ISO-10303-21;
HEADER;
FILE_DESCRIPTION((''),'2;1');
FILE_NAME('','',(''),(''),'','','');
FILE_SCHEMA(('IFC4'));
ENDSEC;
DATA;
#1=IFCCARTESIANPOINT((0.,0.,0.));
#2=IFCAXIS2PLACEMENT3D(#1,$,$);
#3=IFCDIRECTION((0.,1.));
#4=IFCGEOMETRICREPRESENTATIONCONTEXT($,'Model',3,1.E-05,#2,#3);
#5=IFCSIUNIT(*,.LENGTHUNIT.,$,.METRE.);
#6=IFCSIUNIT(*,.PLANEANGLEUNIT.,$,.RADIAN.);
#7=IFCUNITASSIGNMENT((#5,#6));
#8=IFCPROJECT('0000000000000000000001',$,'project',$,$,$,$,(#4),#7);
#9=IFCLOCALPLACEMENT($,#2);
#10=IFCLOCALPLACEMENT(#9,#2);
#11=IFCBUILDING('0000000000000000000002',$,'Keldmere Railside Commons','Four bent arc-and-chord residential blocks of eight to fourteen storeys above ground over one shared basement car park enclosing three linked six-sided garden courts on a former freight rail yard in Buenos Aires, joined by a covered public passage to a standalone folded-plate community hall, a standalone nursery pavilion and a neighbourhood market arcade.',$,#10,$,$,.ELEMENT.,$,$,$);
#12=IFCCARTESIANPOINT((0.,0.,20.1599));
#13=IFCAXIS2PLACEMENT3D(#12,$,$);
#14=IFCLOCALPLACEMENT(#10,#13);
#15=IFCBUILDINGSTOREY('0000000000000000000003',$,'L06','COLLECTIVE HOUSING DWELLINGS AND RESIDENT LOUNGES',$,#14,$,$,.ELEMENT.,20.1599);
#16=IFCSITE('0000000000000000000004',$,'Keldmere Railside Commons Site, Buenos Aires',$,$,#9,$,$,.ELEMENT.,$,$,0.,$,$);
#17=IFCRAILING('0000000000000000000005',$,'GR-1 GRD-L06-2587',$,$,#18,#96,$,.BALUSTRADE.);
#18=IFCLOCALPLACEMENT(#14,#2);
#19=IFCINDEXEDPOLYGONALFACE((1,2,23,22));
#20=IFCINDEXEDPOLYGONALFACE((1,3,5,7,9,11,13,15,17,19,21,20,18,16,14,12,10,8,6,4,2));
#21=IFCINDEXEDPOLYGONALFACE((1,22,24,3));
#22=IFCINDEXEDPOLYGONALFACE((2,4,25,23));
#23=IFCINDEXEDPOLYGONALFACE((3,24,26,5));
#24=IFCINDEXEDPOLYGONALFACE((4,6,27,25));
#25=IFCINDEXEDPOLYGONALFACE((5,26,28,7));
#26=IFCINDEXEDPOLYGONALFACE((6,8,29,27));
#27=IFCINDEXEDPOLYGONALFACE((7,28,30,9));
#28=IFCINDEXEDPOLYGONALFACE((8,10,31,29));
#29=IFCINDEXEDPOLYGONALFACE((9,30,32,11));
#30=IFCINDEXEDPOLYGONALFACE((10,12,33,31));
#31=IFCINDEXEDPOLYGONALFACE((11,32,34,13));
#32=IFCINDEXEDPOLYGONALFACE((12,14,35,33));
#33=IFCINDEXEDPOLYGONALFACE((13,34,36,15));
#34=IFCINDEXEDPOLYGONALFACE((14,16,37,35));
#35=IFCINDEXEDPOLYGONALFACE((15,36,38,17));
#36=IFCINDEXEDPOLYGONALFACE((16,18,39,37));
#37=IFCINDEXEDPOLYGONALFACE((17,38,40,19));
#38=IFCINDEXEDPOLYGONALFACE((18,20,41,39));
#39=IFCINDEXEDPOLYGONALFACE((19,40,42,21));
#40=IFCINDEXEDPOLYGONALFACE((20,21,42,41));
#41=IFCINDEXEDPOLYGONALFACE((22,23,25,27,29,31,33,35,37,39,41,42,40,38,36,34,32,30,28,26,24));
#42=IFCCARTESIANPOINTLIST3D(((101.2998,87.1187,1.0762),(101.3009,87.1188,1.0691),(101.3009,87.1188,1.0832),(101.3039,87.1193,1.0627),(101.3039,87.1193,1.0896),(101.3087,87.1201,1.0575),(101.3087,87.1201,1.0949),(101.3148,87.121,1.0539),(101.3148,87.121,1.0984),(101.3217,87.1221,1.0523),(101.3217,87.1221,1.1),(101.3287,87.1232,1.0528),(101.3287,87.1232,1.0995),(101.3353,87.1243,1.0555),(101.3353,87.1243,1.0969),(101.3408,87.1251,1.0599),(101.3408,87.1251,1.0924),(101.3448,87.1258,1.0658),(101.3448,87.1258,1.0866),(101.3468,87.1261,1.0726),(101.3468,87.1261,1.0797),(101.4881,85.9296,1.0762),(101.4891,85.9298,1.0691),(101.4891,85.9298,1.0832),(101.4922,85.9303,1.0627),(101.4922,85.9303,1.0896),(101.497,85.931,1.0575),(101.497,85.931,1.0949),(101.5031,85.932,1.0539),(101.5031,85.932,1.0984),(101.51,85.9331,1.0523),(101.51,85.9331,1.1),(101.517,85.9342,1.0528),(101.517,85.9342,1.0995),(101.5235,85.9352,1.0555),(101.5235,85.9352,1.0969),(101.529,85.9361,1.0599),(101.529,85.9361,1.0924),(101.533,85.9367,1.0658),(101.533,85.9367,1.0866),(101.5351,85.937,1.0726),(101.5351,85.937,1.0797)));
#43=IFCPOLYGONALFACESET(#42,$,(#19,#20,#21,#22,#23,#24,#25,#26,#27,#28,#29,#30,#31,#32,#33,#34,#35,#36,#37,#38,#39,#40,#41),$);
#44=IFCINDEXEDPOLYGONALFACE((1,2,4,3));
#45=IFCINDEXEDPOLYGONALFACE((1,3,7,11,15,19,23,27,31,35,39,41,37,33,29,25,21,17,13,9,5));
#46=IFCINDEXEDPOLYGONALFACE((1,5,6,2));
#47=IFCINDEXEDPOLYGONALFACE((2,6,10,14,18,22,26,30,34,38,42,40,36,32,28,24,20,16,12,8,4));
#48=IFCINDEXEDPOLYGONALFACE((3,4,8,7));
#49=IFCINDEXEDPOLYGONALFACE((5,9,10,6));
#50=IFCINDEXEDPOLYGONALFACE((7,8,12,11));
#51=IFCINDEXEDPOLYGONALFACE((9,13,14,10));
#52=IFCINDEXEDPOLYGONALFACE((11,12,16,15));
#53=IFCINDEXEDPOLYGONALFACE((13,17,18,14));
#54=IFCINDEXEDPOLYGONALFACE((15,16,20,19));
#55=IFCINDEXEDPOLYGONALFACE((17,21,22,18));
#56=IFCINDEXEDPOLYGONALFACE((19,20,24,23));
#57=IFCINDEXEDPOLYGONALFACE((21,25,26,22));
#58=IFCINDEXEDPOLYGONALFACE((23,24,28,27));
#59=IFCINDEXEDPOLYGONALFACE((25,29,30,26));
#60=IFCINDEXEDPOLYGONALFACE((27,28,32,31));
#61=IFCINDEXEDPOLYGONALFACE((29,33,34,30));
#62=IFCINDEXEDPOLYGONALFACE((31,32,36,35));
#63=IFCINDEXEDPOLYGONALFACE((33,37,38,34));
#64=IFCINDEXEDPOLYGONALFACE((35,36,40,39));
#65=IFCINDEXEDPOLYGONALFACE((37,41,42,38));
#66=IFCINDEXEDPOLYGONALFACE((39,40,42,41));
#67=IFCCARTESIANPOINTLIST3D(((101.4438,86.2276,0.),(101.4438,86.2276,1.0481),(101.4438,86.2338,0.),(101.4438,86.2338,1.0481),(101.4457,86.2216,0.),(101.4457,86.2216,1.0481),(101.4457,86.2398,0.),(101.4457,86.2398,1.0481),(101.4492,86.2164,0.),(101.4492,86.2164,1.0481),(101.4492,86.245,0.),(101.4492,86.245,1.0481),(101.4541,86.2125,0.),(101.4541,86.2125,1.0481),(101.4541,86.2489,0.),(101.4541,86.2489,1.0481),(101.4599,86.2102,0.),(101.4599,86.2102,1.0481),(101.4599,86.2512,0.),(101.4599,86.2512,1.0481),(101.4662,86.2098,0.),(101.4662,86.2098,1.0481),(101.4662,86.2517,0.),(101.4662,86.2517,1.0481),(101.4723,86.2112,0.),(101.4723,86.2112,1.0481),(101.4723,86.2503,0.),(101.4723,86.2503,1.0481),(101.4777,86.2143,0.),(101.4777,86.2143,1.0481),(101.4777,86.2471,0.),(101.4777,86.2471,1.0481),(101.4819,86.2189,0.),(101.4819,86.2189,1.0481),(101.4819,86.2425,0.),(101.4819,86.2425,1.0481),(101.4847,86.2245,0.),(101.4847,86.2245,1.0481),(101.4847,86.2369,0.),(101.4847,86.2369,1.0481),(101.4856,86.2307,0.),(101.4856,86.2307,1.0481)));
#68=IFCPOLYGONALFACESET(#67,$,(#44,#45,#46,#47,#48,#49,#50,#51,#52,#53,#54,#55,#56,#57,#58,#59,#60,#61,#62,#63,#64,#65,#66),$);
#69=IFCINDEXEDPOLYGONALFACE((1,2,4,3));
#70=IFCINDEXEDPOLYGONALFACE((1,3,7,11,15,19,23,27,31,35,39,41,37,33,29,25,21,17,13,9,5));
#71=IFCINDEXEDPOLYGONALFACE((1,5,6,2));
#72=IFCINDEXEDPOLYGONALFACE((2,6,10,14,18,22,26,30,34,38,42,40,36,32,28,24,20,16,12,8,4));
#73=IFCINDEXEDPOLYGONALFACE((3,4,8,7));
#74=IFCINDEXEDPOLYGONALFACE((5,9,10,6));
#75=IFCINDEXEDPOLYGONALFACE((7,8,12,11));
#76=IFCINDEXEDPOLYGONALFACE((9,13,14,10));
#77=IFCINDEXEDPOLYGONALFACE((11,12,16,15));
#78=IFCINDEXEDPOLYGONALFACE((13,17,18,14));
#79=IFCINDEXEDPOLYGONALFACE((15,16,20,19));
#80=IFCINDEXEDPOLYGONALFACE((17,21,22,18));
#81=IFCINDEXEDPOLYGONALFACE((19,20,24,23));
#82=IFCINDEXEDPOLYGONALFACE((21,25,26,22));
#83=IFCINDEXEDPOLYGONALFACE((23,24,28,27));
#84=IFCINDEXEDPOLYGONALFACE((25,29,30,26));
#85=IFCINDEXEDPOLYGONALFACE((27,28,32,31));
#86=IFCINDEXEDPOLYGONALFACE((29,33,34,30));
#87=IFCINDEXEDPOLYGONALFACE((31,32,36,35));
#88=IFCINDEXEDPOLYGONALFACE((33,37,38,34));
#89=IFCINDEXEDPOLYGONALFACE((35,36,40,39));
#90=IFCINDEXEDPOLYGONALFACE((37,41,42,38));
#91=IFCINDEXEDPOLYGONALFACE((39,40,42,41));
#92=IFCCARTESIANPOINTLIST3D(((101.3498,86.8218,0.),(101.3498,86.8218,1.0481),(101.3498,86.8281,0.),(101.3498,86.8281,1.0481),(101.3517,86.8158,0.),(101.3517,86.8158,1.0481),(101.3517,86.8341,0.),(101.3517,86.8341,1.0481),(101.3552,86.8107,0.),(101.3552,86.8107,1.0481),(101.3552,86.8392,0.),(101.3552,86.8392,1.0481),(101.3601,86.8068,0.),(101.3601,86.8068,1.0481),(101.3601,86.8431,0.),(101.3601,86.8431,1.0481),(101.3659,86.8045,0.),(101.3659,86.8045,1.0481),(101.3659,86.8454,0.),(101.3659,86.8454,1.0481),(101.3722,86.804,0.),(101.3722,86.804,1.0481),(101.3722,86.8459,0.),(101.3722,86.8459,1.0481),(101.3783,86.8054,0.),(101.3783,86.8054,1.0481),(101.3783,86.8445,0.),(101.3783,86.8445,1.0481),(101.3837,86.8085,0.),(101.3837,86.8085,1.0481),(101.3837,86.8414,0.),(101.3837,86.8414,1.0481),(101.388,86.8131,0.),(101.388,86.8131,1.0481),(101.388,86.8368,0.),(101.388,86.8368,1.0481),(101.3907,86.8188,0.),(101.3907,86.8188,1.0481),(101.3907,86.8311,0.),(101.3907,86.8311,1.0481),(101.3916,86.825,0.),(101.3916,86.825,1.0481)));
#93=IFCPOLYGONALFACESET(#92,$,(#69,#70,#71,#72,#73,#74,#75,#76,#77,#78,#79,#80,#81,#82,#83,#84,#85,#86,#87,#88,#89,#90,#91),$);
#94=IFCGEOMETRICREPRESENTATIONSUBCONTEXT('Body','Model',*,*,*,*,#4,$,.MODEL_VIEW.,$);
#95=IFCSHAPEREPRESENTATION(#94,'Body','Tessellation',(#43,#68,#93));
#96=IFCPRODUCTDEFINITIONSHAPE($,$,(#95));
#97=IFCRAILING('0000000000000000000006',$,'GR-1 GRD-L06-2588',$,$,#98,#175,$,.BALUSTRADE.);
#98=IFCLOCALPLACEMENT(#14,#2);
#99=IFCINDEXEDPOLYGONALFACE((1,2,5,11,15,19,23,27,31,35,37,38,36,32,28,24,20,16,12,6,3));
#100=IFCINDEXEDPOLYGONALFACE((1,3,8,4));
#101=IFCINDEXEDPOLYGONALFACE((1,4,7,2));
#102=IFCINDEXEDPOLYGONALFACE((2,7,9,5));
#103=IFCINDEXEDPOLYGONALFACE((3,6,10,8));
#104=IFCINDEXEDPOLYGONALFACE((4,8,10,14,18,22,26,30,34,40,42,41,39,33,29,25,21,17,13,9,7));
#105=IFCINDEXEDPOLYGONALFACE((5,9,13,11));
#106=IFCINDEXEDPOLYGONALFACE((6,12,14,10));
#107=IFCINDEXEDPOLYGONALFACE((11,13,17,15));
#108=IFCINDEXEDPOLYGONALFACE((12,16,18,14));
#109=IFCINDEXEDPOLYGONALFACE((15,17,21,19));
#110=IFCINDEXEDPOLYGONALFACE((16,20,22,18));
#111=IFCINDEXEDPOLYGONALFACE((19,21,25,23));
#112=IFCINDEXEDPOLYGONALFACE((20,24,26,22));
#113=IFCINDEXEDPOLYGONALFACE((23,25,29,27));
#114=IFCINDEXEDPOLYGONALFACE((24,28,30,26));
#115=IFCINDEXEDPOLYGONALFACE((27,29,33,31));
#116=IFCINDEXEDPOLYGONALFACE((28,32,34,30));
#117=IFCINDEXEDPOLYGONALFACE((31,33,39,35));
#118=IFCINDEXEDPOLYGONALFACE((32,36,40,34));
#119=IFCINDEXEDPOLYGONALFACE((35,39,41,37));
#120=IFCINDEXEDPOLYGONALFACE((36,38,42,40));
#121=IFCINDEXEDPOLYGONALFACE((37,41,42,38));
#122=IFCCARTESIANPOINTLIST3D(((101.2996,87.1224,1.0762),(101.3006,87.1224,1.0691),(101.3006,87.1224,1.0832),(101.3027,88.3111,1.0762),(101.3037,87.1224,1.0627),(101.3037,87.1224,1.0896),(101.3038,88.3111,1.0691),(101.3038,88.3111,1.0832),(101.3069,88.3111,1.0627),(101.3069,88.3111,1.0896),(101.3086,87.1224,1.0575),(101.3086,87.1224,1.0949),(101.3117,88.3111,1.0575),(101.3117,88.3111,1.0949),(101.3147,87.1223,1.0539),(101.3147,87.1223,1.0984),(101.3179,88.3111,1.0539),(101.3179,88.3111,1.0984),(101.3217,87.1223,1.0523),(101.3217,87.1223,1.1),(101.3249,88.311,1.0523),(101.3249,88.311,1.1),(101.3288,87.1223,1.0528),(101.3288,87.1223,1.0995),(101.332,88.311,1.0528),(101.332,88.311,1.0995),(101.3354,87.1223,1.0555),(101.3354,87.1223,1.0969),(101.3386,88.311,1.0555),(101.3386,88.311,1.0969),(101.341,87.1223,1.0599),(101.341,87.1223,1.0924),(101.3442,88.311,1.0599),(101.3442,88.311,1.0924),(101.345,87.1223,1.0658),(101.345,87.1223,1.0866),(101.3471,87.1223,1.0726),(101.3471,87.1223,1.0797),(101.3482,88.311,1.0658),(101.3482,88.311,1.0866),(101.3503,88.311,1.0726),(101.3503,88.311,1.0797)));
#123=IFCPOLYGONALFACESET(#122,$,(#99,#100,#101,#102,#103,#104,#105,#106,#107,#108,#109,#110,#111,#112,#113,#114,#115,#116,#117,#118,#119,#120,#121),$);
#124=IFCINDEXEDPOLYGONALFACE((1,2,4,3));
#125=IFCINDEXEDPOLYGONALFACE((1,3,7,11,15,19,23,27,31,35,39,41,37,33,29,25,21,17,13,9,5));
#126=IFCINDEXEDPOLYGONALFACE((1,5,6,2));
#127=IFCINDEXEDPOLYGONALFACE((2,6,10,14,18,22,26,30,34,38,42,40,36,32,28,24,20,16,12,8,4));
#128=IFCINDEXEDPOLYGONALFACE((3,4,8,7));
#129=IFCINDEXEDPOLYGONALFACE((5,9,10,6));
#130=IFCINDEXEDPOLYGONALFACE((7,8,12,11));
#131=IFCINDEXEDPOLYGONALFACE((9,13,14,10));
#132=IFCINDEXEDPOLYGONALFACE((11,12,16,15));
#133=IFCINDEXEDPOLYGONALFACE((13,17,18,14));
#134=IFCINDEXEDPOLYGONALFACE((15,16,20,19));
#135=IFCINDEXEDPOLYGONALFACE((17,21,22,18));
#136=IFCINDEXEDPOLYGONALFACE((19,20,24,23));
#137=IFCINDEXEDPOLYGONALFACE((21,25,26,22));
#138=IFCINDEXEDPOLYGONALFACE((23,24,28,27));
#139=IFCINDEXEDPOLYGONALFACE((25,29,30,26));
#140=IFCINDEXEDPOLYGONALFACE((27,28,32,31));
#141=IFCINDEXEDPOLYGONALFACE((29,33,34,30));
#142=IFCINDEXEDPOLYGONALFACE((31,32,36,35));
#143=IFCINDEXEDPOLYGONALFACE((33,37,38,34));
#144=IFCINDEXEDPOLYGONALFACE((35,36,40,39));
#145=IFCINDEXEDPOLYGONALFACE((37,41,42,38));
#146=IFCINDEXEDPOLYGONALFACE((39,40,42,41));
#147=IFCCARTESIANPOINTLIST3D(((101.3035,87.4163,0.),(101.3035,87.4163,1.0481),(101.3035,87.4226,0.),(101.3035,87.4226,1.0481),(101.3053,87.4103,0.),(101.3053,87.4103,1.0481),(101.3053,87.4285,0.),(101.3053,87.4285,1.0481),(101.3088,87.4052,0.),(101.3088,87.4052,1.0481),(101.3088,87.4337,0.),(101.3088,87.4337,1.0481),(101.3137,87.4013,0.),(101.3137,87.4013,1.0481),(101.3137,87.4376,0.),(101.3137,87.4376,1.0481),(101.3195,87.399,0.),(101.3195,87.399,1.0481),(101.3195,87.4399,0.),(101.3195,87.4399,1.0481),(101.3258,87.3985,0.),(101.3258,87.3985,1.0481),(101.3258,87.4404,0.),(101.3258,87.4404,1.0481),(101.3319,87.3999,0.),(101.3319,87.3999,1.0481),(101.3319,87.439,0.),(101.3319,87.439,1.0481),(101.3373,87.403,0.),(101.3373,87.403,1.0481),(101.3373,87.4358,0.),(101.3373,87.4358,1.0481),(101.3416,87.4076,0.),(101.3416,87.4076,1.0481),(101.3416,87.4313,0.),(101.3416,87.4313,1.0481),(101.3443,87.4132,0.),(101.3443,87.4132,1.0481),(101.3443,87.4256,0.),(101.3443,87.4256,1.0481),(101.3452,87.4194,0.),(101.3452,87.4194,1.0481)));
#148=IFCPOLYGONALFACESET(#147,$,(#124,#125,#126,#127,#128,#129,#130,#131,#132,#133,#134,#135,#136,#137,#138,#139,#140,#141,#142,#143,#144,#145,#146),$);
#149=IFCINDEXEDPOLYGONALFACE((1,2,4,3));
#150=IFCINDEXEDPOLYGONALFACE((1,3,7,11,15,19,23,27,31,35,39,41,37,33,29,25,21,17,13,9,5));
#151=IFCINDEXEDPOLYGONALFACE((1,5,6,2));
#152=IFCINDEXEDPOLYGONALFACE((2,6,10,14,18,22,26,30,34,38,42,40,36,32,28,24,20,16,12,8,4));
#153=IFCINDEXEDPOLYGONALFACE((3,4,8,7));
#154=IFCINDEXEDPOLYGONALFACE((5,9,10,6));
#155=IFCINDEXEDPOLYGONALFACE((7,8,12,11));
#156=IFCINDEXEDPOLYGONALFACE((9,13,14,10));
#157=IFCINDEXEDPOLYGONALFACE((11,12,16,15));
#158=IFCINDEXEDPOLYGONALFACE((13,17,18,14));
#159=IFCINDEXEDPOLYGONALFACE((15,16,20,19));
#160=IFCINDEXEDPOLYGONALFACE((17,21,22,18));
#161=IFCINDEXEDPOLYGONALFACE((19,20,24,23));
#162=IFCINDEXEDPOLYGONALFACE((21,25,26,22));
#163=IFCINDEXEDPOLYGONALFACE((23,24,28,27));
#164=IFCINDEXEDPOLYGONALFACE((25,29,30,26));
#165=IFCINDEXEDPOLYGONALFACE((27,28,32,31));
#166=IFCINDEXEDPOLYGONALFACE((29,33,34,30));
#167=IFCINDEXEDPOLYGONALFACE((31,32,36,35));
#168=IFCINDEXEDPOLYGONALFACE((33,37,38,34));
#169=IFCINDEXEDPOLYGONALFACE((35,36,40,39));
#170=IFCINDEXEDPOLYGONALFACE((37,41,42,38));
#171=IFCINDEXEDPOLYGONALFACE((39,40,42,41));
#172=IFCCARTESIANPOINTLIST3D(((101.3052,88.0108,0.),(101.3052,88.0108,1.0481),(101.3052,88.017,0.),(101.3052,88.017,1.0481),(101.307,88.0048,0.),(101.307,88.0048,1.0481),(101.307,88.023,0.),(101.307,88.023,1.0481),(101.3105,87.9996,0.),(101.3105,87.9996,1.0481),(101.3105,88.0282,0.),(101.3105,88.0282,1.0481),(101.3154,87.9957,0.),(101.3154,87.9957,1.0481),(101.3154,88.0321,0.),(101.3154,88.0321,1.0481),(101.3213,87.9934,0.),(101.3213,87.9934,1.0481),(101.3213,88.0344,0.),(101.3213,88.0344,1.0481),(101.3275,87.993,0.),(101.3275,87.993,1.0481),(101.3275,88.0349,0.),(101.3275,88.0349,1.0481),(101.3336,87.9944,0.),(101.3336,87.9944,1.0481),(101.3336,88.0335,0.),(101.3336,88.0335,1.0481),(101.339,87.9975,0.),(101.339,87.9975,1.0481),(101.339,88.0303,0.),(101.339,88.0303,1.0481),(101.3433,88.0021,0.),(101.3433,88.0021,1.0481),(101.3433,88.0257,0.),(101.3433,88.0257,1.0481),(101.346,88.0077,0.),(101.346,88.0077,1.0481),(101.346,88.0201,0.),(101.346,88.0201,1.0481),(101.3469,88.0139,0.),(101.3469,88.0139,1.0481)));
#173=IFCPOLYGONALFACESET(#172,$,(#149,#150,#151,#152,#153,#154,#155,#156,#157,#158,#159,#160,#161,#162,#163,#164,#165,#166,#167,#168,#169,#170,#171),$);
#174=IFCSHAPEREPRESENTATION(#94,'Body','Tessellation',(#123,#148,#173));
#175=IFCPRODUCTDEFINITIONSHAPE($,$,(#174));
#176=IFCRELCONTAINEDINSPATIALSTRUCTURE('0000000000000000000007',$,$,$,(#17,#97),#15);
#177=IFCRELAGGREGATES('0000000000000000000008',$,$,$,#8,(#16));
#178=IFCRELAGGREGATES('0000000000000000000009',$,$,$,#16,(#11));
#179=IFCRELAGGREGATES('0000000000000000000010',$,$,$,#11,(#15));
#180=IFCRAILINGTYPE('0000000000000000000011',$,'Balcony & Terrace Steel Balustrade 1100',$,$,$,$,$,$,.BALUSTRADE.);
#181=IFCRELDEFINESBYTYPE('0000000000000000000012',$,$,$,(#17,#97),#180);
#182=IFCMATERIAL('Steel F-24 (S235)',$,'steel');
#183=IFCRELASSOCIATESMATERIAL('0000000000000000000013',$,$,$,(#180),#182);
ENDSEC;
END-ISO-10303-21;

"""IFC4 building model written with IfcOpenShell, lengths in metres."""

from ifc_helpers import new_model, si_unit, direction, frame, origin, origin_2d, place, context, subcontext, project, spatial, circle, extrude, material, type_object, element, save


model = new_model("IFC4")

# Units and contexts
model_context = context("Model", 3, precision=1e-05, world=origin(), true_north=direction((0.0, 1.0)))
body_context = subcontext(model_context, "Body", "Model", "MODEL_VIEW")
ifc_project = project(units=[si_unit("LENGTHUNIT", "METRE"), si_unit("PLANEANGLEUNIT", "RADIAN")], contexts=[model_context])

# Site, building, storey
site_placement = place(None, origin())
site = spatial("IfcSite", under=ifc_project, at=site_placement, Name="Keldmere Railside Commons Site, Buenos Aires", CompositionType="ELEMENT", RefElevation=0.0)
building_placement = place(site_placement, origin())
building = spatial("IfcBuilding", under=site, at=building_placement, Name="Keldmere Railside Commons", Description="Four bent arc-and-chord residential blocks of eight to fourteen storeys above ground over one shared basement car park enclosing three linked six-sided garden courts on a former freight rail yard in Buenos Aires, joined by a covered public passage to a standalone folded-plate community hall, a standalone nursery pavilion and a neighbourhood market arcade.", CompositionType="ELEMENT")
storey_placement = place(building_placement, frame((0.0, 0.0, 20.1599)))
storey = spatial("IfcBuildingStorey", under=building, at=storey_placement, Name="L06", Description="COLLECTIVE HOUSING DWELLINGS AND RESIDENT LOUNGES", CompositionType="ELEMENT", Elevation=20.1599)

# Shared definitions
ifc_material_1 = material(Name="Steel F-24 (S235)", Category="steel")

# Railings
railing_type = type_object("IfcRailingType", Name="Balcony & Terrace Steel Balustrade 1100", PredefinedType="BALUSTRADE", material=ifc_material_1)
railing_1_placement = place(storey_placement, frame((101.5117, 85.9333, 0.0)))
element("IfcRailing", 1, at=railing_1_placement, inside=storey, type_object=railing_type, Name="GR-1 GRD-L06-2587", PredefinedType="BALUSTRADE", context=body_context, shape_type="SweptSolid", body=[
    extrude(circle(Radius=0.0239, at=origin_2d()), frame((0.0, 0.0, 1.0762), z_axis=(-0.156369, 0.987699, 0.0), x_axis=(-0.987699, -0.156369, 0.0)), (0.0, 0.0, 1.0), 1.2039),
    extrude(circle(Radius=0.021, at=origin_2d()), frame((-0.0471, 0.2974, 0.0)), (0.0, 0.0, 1.0), 1.0481),
    extrude(circle(Radius=0.021, at=origin_2d()), frame((-0.1411, 0.8916, 0.0)), (0.0, 0.0, 1.0), 1.0481),
])
railing_2_placement = place(storey_placement, frame((101.3235, 87.1223, 0.0)))
element("IfcRailing", 2, at=railing_2_placement, inside=storey, type_object=railing_type, Name="GR-1 GRD-L06-2588", PredefinedType="BALUSTRADE", context=body_context, shape_type="SweptSolid", body=[
    extrude(circle(Radius=0.0239, at=origin_2d()), frame((0.0, 0.0, 1.0762), z_axis=(0.00267, 0.999996, 0.0), x_axis=(-0.999996, 0.00267, 0.0)), (0.0, 0.0, 1.0), 1.1887),
    extrude(circle(Radius=0.021, at=origin_2d()), frame((0.0007, 0.2971, 0.0)), (0.0, 0.0, 1.0), 1.0481),
    extrude(circle(Radius=0.021, at=origin_2d()), frame((0.0024, 0.8916, 0.0)), (0.0, 0.0, 1.0), 1.0481),
])

save(model, "model.ifc")
